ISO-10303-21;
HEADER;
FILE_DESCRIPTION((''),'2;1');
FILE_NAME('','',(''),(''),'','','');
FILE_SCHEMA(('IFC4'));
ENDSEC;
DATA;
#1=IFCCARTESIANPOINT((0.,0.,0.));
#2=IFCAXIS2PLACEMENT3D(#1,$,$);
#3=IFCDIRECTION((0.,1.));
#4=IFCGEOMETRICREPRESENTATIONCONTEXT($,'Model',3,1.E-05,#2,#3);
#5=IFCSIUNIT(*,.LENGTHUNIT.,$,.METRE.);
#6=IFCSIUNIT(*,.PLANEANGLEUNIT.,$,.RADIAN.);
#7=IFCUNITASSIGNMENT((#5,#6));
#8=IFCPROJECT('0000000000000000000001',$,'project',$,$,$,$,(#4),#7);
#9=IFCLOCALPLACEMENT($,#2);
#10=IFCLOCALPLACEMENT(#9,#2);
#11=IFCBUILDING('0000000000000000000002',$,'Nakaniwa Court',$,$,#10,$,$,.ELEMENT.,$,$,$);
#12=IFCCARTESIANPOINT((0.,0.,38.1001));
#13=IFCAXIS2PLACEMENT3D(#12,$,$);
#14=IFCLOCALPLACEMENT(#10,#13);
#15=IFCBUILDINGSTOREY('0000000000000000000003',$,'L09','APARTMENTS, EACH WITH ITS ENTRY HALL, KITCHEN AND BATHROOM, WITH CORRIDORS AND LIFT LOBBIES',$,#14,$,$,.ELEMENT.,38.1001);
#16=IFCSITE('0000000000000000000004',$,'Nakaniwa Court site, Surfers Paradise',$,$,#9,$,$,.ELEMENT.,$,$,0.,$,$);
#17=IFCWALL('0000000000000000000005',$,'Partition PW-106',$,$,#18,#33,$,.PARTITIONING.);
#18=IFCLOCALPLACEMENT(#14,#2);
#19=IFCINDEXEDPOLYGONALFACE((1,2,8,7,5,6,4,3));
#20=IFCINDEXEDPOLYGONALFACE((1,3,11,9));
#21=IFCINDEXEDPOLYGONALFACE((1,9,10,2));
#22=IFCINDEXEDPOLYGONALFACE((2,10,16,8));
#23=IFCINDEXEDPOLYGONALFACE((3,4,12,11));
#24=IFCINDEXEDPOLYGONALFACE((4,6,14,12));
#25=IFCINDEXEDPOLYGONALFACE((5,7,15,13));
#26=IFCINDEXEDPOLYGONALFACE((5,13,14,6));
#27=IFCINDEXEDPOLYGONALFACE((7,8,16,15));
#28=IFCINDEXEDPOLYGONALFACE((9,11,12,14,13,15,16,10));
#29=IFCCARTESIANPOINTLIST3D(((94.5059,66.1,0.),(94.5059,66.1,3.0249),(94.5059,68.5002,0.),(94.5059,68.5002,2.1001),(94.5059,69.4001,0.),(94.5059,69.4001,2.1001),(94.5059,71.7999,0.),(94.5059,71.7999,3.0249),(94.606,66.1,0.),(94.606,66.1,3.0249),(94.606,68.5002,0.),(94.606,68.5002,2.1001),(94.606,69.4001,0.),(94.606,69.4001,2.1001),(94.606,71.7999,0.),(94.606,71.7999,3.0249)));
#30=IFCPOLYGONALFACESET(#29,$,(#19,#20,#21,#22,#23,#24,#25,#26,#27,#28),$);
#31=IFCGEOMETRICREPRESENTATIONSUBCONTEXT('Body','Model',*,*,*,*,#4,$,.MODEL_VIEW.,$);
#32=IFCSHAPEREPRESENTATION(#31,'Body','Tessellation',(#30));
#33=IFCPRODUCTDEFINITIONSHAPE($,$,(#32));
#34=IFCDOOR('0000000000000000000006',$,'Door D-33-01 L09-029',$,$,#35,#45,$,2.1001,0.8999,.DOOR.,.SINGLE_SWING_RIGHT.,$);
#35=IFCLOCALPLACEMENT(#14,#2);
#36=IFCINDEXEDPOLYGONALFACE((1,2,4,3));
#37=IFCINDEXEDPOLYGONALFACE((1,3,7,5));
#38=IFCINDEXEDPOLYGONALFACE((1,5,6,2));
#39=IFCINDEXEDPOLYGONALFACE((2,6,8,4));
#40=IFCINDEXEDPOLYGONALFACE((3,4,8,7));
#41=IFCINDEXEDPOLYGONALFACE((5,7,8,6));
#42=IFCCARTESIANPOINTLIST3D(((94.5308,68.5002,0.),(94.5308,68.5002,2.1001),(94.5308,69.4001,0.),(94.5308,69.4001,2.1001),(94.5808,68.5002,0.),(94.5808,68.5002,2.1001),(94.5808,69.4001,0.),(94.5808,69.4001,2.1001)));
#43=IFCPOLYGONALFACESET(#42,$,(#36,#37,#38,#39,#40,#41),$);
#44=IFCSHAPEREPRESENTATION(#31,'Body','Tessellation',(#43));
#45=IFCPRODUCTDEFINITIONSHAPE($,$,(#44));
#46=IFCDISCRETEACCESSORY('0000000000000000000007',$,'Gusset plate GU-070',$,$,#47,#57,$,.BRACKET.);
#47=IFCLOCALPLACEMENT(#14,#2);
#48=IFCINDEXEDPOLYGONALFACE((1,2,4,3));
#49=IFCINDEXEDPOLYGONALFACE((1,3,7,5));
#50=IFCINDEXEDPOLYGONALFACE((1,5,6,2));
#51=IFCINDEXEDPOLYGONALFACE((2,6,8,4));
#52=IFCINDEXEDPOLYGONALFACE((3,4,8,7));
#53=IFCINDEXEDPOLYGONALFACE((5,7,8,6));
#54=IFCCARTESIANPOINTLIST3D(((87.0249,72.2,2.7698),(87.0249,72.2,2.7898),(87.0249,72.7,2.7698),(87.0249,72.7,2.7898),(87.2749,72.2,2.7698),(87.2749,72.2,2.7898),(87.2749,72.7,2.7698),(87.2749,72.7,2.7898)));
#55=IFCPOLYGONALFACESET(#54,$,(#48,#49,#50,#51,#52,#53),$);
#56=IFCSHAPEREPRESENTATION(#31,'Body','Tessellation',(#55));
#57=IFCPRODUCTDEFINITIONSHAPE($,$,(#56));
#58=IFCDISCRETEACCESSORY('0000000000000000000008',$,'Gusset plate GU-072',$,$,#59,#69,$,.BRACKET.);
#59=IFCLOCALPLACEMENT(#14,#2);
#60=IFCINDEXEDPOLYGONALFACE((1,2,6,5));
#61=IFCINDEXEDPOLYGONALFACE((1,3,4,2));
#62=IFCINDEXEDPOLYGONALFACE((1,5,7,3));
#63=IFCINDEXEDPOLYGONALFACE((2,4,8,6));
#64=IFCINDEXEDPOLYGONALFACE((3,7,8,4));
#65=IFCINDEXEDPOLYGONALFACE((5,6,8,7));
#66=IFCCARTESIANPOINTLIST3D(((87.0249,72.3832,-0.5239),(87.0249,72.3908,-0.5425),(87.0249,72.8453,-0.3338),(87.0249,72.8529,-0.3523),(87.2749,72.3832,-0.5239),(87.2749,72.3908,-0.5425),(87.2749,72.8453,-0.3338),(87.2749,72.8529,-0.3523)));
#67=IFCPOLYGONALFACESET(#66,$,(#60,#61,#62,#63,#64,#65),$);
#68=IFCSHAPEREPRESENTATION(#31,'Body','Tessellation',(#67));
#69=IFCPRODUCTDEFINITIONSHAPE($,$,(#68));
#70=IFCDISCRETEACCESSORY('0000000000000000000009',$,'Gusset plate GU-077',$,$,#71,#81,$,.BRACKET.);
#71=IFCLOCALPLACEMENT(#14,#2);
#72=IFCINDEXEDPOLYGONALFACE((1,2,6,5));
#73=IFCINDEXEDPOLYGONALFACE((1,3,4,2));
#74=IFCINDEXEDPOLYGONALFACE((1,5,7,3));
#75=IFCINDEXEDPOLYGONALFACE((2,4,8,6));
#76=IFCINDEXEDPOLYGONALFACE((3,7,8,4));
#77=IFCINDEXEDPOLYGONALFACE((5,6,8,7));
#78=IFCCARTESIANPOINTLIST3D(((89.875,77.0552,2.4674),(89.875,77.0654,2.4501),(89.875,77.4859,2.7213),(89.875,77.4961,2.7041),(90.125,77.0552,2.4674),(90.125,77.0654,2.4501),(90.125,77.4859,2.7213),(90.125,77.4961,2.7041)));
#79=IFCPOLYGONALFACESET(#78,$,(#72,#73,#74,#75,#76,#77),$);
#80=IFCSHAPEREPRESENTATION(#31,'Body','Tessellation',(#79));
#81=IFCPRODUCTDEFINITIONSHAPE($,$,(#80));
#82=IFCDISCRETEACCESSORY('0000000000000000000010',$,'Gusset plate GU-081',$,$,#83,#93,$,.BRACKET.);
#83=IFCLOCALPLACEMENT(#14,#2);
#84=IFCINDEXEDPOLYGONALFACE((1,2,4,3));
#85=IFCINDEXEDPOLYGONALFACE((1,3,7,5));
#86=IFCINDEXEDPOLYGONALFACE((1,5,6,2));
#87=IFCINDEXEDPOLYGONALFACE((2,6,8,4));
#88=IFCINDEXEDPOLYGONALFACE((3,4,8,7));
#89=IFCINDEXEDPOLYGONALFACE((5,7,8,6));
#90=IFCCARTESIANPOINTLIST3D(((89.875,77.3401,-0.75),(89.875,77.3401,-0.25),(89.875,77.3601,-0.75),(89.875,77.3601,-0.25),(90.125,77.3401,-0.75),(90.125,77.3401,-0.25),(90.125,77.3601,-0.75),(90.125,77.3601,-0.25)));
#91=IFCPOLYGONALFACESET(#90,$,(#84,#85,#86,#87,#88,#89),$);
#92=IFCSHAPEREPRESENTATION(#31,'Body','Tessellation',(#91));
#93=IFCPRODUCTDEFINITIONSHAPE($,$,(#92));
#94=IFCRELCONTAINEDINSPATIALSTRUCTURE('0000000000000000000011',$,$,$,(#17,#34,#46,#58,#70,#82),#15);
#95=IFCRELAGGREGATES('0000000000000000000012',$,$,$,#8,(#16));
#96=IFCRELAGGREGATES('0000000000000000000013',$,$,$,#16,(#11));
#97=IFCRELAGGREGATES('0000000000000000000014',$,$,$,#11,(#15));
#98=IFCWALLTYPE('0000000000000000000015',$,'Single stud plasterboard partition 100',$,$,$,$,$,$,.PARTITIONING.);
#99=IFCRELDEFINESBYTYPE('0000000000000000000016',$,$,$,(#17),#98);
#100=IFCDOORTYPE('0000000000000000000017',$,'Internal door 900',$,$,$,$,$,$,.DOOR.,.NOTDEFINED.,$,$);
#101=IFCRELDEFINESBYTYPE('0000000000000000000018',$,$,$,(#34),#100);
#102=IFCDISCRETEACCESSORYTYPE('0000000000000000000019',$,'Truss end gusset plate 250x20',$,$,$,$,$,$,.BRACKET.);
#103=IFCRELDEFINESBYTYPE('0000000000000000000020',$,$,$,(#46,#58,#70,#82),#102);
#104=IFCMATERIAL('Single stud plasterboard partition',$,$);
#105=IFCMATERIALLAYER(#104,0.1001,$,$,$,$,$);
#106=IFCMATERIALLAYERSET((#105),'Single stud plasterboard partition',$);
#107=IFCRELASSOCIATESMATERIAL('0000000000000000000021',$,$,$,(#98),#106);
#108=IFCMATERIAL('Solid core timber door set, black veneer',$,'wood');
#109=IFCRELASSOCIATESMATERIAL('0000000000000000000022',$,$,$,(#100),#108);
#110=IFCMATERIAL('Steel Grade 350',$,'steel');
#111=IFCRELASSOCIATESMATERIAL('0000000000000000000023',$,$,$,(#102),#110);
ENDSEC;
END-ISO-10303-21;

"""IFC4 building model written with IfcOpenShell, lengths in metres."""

from ifc_helpers import new_model, si_unit, direction, frame, frame_2d, origin, origin_2d, place, context, subcontext, project, spatial, rectangle, extrude, material, layer, layer_set, material_profile, profile_set, type_object, element, fill, save


model = new_model("IFC4")

# Units and contexts
model_context = context("Model", 3, precision=1e-05, world=origin(), true_north=direction((0.0, 1.0)))
body_context = subcontext(model_context, "Body", "Model", "MODEL_VIEW")
ifc_project = project(units=[si_unit("LENGTHUNIT", "METRE"), si_unit("PLANEANGLEUNIT", "RADIAN")], contexts=[model_context])

# Site, building, storey
site_placement = place(None, origin())
site = spatial("IfcSite", under=ifc_project, at=site_placement, Name="Nakaniwa Court site, Surfers Paradise", CompositionType="ELEMENT", RefElevation=0.0)
building_placement = place(site_placement, origin())
building = spatial("IfcBuilding", under=site, at=building_placement, Name="Nakaniwa Court", CompositionType="ELEMENT")
storey_placement = place(building_placement, frame((0.0, 0.0, 38.1001)))
storey = spatial("IfcBuildingStorey", under=building, at=storey_placement, Name="L09", Description="APARTMENTS, EACH WITH ITS ENTRY HALL, KITCHEN AND BATHROOM, WITH CORRIDORS AND LIFT LOBBIES", CompositionType="ELEMENT", Elevation=38.1001)

# Shared definitions
ifc_material_1 = material(Name="Steel Grade 350", Category="steel")

# Shared definitions
ifc_material_2 = material(Name="Single stud plasterboard partition")
ifc_layer_1 = layer(ifc_material_2, 0.1001)
ifc_layer_set_1 = layer_set([ifc_layer_1], Name="Single stud plasterboard partition")
wall_type_1 = type_object("IfcWallType", Name="Single stud plasterboard partition 100", PredefinedType="PARTITIONING", material=ifc_layer_set_1)

# Wall, opening, door
wall_1_placement = place(storey_placement, frame((94.5559, 71.8, 0.0), z_axis=(0.0, 0.0, 1.0), x_axis=(0.0, -1.0, 0.0)))
wall_1 = element("IfcWall", 1, at=wall_1_placement, inside=storey, type_object=wall_type_1, Name="Partition PW-106", PredefinedType="PARTITIONING", context=body_context, shape_type="SweptSolid", body=[
    extrude(rectangle(XDim=5.7, YDim=0.1001, at=frame_2d((2.8501, 0.0))), origin(), (0.0, 0.0, 1.0), 3.0249),
])
opening_1_placement = place(wall_1_placement, frame((2.3999, 0.0, 0.0)))
opening_1 = element("IfcOpeningElement", 2, at=opening_1_placement, cuts=wall_1, PredefinedType="OPENING", context=body_context, shape_type="SweptSolid", body=[
    extrude(rectangle(XDim=0.8999, YDim=2.1001, at=frame_2d((0.45, 1.05))), frame((0.0, 0.0601, 0.0), z_axis=(0.0, -1.0, 0.0), x_axis=(1.0, 0.0, 0.0)), (0.0, 0.0, 1.0), 0.1201),
])
ifc_material_3 = material(Name="Solid core timber door set, black veneer", Category="wood")
door_type_1 = type_object("IfcDoorType", Name="Internal door 900", OperationType="NOTDEFINED", PredefinedType="DOOR", material=ifc_material_3)
door_1_placement = place(opening_1_placement, origin())
door_1 = element("IfcDoor", 3, at=door_1_placement, inside=storey, type_object=door_type_1, Name="Door D-33-01 L09-029", OperationType="SINGLE_SWING_RIGHT", OverallHeight=2.1001, OverallWidth=0.8999, PredefinedType="DOOR", context=body_context, shape_type="SweptSolid", body=[
    extrude(rectangle(XDim=0.8999, YDim=2.1001, at=frame_2d((0.45, 1.05))), frame((0.0, 0.0249, 0.0), z_axis=(0.0, -1.0, 0.0), x_axis=(1.0, 0.0, 0.0)), (0.0, 0.0, 1.0), 0.05),
])
fill(opening_1, door_1)

# Discrete accessories
ifc_material_profile_1 = material_profile(ifc_material_1, rectangle(XDim=0.25, YDim=0.02, at=origin_2d()), Name="Truss end gusset plate 250x20")
ifc_profile_set_1 = profile_set([ifc_material_profile_1], Name="Steel Grade 350")
discrete_accessory_type = type_object("IfcDiscreteAccessoryType", Name="Truss end gusset plate 250x20", PredefinedType="BRACKET", material=ifc_profile_set_1)
discrete_accessory_1_placement = place(storey_placement, frame((87.1499, 72.7, 2.7798), z_axis=(0.0, -1.0, 0.0), x_axis=(1.0, 0.0, 0.0)))
element("IfcDiscreteAccessory", 4, at=discrete_accessory_1_placement, inside=storey, type_object=discrete_accessory_type, Name="Gusset plate GU-070", PredefinedType="BRACKET", context=body_context, shape_type="SweptSolid", body=[
    extrude(rectangle(XDim=0.25, YDim=0.02, at=origin_2d()), origin(), (0.0, 0.0, 1.0), 0.5),
])
discrete_accessory_2_placement = place(storey_placement, frame((87.1499, 72.8491, -0.343), z_axis=(0.0, -0.924759, -0.380553), x_axis=(1.0, 0.0, 0.0)))
element("IfcDiscreteAccessory", 5, at=discrete_accessory_2_placement, inside=storey, type_object=discrete_accessory_type, Name="Gusset plate GU-072", PredefinedType="BRACKET", context=body_context, shape_type="SweptSolid", body=[
    extrude(rectangle(XDim=0.25, YDim=0.02, at=origin_2d()), origin(), (0.0, 0.0, 1.0), 0.4998),
])
for number, where, z_axis, x_axis, name in (
    (6, (90.0, 77.0603, 2.4587), (0.0, 0.861432, 0.507874), (-1.0, 0.0, 0.0), "Gusset plate GU-077"),
    (7, (90.0, 77.3501, -0.25), (0.0, 0.0, -1.0), (1.0, 0.0, 0.0), "Gusset plate GU-081"),
):
    element("IfcDiscreteAccessory", number, at=place(storey_placement, frame(where, z_axis=z_axis, x_axis=x_axis)), inside=storey, type_object=discrete_accessory_type, Name=name, PredefinedType="BRACKET", context=body_context, shape_type="SweptSolid", body=[
        extrude(rectangle(XDim=0.25, YDim=0.02, at=origin_2d()), origin(), (0.0, 0.0, 1.0), 0.5),
    ])

save(model, "model.ifc")
